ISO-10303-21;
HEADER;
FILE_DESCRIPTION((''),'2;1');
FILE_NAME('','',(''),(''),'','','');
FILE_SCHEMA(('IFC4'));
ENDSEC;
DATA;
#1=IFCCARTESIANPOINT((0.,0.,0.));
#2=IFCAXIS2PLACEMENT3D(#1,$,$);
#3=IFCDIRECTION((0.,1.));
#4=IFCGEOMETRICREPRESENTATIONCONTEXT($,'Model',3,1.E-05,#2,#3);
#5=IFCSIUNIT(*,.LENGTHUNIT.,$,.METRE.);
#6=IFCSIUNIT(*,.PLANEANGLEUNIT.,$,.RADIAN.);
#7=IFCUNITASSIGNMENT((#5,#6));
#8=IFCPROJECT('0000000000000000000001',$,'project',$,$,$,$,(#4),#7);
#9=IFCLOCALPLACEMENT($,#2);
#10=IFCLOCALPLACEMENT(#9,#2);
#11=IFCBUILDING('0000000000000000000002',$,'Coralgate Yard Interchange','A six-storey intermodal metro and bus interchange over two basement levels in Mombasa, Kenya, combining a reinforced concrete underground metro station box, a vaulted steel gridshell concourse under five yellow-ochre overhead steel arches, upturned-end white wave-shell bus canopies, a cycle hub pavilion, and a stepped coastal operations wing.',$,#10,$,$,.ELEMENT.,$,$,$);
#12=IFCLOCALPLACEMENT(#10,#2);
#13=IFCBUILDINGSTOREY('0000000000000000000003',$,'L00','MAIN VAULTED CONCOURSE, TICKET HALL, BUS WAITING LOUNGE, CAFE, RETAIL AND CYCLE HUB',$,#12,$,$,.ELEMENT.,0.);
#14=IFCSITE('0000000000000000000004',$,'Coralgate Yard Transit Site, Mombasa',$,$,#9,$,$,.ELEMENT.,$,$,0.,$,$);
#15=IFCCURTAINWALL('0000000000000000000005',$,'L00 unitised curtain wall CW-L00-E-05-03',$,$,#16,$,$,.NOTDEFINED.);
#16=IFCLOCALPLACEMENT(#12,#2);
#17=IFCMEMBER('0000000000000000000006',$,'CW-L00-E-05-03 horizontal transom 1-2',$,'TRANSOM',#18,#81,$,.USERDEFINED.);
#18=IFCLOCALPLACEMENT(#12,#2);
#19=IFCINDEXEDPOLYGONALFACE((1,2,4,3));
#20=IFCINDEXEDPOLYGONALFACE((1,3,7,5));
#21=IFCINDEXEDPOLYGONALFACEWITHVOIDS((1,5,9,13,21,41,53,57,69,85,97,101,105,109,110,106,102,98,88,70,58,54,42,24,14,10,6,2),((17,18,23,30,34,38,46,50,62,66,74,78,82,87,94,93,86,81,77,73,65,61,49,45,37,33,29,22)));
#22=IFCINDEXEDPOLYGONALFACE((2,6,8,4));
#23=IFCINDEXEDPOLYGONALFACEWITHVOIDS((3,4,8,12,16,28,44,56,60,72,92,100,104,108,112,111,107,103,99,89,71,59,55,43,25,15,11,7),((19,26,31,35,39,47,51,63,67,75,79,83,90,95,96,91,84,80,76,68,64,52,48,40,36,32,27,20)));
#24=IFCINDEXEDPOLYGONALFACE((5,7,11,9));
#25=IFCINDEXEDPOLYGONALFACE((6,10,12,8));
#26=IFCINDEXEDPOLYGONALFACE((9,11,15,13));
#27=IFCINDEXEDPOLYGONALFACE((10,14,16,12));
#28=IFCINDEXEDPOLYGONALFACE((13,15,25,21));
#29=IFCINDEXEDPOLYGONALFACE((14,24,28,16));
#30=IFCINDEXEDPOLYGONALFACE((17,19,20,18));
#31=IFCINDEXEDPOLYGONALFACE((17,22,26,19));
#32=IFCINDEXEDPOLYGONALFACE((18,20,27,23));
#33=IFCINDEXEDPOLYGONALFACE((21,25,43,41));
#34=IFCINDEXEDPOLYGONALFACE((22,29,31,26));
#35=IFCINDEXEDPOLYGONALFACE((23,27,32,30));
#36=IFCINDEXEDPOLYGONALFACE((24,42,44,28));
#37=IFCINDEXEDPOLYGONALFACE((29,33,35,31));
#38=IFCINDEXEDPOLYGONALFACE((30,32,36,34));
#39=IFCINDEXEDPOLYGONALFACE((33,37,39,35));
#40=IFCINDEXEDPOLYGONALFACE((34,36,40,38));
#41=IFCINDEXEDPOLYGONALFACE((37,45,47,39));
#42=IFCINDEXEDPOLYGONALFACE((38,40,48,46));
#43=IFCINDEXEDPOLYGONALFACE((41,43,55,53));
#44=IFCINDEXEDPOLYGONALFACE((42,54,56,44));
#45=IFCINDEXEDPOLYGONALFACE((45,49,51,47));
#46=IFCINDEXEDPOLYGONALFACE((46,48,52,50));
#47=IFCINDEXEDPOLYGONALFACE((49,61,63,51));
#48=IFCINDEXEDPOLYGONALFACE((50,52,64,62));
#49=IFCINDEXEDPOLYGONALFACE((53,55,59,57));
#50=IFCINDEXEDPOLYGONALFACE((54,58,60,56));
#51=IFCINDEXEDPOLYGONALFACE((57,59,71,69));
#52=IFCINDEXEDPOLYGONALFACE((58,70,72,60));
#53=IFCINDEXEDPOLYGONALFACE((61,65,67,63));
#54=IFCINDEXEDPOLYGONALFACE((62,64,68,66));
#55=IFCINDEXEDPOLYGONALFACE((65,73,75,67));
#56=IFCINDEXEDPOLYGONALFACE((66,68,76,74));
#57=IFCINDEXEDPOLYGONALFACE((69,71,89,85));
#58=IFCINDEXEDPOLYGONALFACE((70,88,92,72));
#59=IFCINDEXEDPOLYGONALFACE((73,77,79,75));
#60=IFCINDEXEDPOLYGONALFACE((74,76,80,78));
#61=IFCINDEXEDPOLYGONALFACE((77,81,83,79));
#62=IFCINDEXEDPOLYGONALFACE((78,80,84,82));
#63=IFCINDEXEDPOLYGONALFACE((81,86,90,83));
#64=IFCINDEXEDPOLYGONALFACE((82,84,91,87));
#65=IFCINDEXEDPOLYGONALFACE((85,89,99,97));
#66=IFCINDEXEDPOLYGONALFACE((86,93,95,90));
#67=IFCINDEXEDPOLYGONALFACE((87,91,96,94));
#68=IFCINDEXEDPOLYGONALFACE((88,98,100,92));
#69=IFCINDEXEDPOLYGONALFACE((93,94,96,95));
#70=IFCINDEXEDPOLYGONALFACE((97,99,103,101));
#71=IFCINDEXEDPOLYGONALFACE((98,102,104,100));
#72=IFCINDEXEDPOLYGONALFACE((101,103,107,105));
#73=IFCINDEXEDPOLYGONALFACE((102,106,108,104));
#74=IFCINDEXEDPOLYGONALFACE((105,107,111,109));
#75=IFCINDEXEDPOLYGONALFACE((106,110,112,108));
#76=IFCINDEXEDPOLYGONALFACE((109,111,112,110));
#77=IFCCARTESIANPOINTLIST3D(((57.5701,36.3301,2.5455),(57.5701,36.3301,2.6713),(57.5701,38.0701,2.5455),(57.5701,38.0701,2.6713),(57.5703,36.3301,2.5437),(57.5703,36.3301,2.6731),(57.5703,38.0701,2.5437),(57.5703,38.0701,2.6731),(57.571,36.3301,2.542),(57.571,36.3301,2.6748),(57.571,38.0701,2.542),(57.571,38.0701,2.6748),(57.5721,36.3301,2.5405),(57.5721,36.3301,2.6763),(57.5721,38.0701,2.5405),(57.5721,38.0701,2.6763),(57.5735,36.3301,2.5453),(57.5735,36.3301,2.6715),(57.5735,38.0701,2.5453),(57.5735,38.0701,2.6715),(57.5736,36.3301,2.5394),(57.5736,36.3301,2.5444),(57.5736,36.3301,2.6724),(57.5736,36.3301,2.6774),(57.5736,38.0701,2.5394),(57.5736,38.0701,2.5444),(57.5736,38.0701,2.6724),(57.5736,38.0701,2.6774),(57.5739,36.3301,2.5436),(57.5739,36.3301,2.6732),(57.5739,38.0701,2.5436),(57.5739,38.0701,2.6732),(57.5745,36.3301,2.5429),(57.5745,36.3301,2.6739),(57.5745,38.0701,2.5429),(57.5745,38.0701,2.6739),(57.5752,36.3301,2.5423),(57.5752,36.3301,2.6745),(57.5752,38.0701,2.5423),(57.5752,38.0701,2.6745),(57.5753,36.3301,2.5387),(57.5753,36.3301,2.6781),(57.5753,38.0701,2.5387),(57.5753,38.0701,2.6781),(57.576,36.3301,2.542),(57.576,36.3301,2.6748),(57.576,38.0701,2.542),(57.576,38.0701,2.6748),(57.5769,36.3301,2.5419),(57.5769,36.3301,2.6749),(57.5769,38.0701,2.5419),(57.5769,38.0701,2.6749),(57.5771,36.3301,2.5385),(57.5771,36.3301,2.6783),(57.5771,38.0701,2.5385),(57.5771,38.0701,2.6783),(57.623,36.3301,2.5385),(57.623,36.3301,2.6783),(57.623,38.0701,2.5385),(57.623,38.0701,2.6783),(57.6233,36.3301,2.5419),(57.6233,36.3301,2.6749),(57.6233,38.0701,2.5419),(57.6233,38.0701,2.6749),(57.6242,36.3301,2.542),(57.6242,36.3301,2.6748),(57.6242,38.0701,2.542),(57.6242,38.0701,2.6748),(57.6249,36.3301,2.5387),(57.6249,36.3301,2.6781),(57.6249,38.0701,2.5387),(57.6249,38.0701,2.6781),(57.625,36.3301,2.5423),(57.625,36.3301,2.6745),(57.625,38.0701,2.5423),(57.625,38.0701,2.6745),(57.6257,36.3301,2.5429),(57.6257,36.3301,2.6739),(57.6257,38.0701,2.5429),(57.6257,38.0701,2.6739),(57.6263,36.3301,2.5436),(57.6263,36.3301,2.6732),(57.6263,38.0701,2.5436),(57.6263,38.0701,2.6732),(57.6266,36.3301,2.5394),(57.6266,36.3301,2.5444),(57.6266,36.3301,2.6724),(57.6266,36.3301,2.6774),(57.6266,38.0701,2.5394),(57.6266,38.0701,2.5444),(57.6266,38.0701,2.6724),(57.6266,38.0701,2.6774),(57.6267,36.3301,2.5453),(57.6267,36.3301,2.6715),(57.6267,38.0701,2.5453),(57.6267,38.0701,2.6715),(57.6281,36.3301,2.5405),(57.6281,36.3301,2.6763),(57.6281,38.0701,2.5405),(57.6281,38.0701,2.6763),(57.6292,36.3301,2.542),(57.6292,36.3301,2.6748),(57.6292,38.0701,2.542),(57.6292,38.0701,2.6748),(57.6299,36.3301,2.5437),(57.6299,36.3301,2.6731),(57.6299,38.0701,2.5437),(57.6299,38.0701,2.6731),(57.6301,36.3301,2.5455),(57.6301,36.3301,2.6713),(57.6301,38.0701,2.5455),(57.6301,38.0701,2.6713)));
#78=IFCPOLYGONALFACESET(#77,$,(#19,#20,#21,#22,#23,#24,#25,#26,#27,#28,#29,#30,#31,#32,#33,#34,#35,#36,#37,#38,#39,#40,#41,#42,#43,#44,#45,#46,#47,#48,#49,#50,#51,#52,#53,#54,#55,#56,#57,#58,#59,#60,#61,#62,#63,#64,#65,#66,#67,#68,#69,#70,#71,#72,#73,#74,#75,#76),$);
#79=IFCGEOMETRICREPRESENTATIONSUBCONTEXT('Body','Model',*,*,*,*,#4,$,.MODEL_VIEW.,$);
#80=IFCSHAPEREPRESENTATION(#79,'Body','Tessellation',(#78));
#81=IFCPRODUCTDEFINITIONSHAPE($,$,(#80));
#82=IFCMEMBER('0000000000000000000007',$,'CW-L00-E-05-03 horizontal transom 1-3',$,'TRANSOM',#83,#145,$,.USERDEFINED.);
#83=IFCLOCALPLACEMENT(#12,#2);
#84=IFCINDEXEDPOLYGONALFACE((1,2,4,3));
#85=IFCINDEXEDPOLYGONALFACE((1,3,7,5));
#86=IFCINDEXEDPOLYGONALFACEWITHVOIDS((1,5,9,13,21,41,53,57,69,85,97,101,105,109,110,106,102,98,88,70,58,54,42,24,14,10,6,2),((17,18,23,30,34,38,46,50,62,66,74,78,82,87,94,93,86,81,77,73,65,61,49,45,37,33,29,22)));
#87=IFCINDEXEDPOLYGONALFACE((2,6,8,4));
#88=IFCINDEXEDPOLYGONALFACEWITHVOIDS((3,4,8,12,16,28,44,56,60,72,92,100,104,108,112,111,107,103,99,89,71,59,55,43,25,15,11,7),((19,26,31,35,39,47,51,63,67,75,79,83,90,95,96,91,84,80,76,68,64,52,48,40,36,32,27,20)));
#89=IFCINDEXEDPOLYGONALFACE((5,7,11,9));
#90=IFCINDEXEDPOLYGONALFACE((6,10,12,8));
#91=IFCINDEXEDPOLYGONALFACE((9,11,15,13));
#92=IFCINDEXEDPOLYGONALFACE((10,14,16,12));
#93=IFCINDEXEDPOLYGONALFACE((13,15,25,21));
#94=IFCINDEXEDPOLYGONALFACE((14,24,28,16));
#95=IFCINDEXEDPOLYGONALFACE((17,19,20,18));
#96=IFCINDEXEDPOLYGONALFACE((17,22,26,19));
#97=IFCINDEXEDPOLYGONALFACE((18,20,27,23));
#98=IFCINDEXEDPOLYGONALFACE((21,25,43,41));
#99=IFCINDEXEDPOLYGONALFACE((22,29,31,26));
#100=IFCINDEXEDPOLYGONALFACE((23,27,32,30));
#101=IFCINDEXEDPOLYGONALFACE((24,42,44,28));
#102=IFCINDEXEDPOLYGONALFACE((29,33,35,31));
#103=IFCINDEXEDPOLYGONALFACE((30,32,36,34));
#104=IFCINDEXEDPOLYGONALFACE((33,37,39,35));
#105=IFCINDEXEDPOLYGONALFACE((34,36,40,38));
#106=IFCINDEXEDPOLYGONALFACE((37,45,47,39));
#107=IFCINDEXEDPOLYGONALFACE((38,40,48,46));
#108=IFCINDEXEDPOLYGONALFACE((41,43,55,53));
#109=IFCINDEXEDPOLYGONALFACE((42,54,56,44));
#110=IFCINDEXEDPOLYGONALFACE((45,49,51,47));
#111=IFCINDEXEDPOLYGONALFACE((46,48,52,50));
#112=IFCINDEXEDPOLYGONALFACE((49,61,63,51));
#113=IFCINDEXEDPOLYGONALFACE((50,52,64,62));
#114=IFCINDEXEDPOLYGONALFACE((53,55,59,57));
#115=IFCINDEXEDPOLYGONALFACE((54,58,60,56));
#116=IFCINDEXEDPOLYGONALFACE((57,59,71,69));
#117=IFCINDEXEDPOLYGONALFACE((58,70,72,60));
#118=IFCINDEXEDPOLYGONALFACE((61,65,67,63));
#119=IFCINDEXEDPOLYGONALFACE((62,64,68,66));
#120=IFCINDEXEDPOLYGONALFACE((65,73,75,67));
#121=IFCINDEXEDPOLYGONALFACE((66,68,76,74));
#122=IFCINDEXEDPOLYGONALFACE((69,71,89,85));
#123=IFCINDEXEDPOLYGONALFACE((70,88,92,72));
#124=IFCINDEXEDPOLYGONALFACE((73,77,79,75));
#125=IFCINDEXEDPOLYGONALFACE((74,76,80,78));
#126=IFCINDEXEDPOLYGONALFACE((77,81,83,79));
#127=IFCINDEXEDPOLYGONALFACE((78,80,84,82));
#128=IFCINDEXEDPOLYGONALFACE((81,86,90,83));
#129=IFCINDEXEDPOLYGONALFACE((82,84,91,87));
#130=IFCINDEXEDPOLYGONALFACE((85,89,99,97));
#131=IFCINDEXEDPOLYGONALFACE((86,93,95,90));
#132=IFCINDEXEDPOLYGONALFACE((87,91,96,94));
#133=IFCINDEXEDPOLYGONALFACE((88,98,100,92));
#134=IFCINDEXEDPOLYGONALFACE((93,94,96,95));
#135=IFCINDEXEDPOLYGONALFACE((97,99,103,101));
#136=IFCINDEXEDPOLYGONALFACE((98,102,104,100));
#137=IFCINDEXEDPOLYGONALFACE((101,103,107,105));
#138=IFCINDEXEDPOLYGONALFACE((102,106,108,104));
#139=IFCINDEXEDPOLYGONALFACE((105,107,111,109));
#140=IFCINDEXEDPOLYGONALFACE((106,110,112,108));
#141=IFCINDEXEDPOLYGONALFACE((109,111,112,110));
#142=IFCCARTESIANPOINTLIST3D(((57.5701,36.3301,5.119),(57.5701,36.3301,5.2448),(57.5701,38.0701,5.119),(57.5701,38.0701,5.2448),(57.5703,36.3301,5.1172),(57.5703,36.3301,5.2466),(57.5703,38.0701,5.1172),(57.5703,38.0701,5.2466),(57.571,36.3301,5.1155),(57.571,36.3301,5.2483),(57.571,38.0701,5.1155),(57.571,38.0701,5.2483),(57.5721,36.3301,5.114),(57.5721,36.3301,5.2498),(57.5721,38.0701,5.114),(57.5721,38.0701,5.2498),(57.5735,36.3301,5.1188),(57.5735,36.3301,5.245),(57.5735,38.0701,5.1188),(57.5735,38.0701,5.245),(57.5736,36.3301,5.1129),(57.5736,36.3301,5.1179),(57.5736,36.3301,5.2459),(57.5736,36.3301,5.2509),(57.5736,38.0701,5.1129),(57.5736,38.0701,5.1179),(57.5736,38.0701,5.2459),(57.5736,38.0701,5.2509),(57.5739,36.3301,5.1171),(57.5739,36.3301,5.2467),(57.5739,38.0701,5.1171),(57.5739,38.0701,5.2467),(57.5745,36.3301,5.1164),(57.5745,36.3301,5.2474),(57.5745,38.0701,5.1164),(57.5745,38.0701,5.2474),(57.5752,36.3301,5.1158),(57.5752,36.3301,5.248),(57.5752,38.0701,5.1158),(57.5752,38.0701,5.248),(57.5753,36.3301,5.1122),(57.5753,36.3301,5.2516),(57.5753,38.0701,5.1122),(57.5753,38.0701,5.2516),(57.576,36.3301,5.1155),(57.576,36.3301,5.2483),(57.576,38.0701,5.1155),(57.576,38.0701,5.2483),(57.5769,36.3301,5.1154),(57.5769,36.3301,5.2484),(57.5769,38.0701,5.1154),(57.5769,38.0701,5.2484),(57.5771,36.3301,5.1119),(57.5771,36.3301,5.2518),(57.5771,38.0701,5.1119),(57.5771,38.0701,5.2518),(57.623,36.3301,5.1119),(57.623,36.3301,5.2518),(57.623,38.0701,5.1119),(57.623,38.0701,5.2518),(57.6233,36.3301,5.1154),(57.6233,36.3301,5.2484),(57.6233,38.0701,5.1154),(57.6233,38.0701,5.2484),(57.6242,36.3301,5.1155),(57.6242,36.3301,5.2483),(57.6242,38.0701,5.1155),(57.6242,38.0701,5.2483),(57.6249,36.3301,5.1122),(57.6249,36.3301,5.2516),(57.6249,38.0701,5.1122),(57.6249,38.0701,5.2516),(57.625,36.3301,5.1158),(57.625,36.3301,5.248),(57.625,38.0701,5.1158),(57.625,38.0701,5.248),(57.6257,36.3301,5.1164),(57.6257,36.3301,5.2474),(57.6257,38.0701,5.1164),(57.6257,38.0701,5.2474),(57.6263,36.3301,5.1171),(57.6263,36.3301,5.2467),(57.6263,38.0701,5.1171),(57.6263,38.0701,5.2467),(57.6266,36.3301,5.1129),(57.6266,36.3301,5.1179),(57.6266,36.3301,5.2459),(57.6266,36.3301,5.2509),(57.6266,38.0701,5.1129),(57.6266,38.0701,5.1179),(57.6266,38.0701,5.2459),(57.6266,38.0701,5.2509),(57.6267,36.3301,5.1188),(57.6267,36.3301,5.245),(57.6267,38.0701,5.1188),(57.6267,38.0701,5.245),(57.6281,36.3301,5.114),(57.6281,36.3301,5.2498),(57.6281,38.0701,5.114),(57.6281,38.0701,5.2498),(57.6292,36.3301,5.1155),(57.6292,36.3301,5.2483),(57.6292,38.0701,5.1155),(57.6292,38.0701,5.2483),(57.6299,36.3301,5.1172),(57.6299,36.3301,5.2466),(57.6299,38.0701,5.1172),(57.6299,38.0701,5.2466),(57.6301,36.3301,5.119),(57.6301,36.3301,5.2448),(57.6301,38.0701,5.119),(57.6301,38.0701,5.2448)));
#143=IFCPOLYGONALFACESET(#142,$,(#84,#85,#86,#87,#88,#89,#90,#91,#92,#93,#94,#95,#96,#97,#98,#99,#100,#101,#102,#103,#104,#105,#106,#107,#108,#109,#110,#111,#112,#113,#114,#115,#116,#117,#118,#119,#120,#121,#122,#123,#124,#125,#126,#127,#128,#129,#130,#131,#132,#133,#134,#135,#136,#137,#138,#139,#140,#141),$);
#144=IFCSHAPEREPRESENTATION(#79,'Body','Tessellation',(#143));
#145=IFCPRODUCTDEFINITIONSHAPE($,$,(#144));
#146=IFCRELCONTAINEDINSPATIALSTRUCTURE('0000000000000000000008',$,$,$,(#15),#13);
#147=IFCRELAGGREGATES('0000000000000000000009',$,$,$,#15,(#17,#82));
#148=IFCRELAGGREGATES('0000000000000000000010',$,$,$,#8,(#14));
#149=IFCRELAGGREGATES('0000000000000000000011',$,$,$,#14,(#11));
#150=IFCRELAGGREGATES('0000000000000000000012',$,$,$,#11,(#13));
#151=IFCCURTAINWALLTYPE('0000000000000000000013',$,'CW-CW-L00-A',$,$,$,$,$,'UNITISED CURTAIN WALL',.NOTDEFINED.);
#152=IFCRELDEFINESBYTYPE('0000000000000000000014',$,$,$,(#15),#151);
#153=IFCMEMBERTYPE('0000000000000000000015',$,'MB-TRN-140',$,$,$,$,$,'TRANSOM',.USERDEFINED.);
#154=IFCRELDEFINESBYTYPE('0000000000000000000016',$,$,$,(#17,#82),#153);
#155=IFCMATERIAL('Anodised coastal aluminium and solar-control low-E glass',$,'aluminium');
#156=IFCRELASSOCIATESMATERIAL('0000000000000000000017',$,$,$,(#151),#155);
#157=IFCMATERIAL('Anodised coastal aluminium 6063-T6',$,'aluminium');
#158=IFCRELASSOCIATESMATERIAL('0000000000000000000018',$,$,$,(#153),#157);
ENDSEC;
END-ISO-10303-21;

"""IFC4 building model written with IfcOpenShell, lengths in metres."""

from ifc_helpers import new_model, si_unit, direction, frame, origin, origin_2d, place, context, subcontext, project, spatial, hollow_rectangle, extrude, material, material_profile, profile_set, type_object, element, aggregate, save


model = new_model("IFC4")

# Units and contexts
model_context = context("Model", 3, precision=1e-05, world=origin(), true_north=direction((0.0, 1.0)))
body_context = subcontext(model_context, "Body", "Model", "MODEL_VIEW")
ifc_project = project(units=[si_unit("LENGTHUNIT", "METRE"), si_unit("PLANEANGLEUNIT", "RADIAN")], contexts=[model_context])

# Site, building, storey
site_placement = place(None, origin())
site = spatial("IfcSite", under=ifc_project, at=site_placement, Name="Coralgate Yard Transit Site, Mombasa", CompositionType="ELEMENT", RefElevation=0.0)
building_placement = place(site_placement, origin())
building = spatial("IfcBuilding", under=site, at=building_placement, Name="Coralgate Yard Interchange", Description="A six-storey intermodal metro and bus interchange over two basement levels in Mombasa, Kenya, combining a reinforced concrete underground metro station box, a vaulted steel gridshell concourse under five yellow-ochre overhead steel arches, upturned-end white wave-shell bus canopies, a cycle hub pavilion, and a stepped coastal operations wing.", CompositionType="ELEMENT")
storey_placement = place(building_placement, origin())
storey = spatial("IfcBuildingStorey", under=building, at=storey_placement, Name="L00", Description="MAIN VAULTED CONCOURSE, TICKET HALL, BUS WAITING LOUNGE, CAFE, RETAIL AND CYCLE HUB", CompositionType="ELEMENT", Elevation=0.0)

# Curtain wall
ifc_material_1 = material(Name="Anodised coastal aluminium and solar-control low-E glass", Category="aluminium")
curtain_wall_type = type_object("IfcCurtainWallType", Name="CW-CW-L00-A", ElementType="UNITISED CURTAIN WALL", PredefinedType="NOTDEFINED", material=ifc_material_1)
curtain_wall_1_placement = place(storey_placement, origin())
curtain_wall_1 = element("IfcCurtainWall", 1, at=curtain_wall_1_placement, inside=storey, type_object=curtain_wall_type, Name="L00 unitised curtain wall CW-L00-E-05-03", PredefinedType="NOTDEFINED")
ifc_material_2 = material(Name="Anodised coastal aluminium 6063-T6", Category="aluminium")

# Members
ifc_material_profile_1 = material_profile(ifc_material_2, hollow_rectangle(XDim=0.0601, YDim=0.1399, WallThickness=0.0034, InnerFilletRadius=0.0034, OuterFilletRadius=0.0071, at=origin_2d()), Name="ALU 60x140x3.5")
ifc_profile_set_1 = profile_set([ifc_material_profile_1], Name="Anodised coastal aluminium 6063-T6")
member_type_1 = type_object("IfcMemberType", Name="MB-TRN-140", ElementType="TRANSOM", PredefinedType="USERDEFINED", material=ifc_profile_set_1)
member_1_placement = place(storey_placement, frame((57.6001, 38.0701, 2.6084), z_axis=(0.0, -1.0, 0.0), x_axis=(1.0, 0.0, 0.0)))
member_1 = element("IfcMember", 2, at=member_1_placement, type_object=member_type_1, Name="CW-L00-E-05-03 horizontal transom 1-2", ObjectType="TRANSOM", PredefinedType="USERDEFINED", context=body_context, shape_type="SweptSolid", body=[
    extrude(hollow_rectangle(XDim=0.0601, YDim=0.1399, WallThickness=0.0034, InnerFilletRadius=0.0034, OuterFilletRadius=0.0071, at=origin_2d()), origin(), (0.0, 0.0, 1.0), 1.74),
])
member_2_placement = place(storey_placement, frame((57.6001, 38.0701, 5.1819), z_axis=(0.0, -1.0, 0.0), x_axis=(1.0, 0.0, 0.0)))
member_2 = element("IfcMember", 3, at=member_2_placement, type_object=member_type_1, Name="CW-L00-E-05-03 horizontal transom 1-3", ObjectType="TRANSOM", PredefinedType="USERDEFINED", context=body_context, shape_type="SweptSolid", body=[
    extrude(hollow_rectangle(XDim=0.0601, YDim=0.1399, WallThickness=0.0034, InnerFilletRadius=0.0034, OuterFilletRadius=0.0071, at=origin_2d()), origin(), (0.0, 0.0, 1.0), 1.74),
])

aggregate(curtain_wall_1, [member_1, member_2])

save(model, "model.ifc")
